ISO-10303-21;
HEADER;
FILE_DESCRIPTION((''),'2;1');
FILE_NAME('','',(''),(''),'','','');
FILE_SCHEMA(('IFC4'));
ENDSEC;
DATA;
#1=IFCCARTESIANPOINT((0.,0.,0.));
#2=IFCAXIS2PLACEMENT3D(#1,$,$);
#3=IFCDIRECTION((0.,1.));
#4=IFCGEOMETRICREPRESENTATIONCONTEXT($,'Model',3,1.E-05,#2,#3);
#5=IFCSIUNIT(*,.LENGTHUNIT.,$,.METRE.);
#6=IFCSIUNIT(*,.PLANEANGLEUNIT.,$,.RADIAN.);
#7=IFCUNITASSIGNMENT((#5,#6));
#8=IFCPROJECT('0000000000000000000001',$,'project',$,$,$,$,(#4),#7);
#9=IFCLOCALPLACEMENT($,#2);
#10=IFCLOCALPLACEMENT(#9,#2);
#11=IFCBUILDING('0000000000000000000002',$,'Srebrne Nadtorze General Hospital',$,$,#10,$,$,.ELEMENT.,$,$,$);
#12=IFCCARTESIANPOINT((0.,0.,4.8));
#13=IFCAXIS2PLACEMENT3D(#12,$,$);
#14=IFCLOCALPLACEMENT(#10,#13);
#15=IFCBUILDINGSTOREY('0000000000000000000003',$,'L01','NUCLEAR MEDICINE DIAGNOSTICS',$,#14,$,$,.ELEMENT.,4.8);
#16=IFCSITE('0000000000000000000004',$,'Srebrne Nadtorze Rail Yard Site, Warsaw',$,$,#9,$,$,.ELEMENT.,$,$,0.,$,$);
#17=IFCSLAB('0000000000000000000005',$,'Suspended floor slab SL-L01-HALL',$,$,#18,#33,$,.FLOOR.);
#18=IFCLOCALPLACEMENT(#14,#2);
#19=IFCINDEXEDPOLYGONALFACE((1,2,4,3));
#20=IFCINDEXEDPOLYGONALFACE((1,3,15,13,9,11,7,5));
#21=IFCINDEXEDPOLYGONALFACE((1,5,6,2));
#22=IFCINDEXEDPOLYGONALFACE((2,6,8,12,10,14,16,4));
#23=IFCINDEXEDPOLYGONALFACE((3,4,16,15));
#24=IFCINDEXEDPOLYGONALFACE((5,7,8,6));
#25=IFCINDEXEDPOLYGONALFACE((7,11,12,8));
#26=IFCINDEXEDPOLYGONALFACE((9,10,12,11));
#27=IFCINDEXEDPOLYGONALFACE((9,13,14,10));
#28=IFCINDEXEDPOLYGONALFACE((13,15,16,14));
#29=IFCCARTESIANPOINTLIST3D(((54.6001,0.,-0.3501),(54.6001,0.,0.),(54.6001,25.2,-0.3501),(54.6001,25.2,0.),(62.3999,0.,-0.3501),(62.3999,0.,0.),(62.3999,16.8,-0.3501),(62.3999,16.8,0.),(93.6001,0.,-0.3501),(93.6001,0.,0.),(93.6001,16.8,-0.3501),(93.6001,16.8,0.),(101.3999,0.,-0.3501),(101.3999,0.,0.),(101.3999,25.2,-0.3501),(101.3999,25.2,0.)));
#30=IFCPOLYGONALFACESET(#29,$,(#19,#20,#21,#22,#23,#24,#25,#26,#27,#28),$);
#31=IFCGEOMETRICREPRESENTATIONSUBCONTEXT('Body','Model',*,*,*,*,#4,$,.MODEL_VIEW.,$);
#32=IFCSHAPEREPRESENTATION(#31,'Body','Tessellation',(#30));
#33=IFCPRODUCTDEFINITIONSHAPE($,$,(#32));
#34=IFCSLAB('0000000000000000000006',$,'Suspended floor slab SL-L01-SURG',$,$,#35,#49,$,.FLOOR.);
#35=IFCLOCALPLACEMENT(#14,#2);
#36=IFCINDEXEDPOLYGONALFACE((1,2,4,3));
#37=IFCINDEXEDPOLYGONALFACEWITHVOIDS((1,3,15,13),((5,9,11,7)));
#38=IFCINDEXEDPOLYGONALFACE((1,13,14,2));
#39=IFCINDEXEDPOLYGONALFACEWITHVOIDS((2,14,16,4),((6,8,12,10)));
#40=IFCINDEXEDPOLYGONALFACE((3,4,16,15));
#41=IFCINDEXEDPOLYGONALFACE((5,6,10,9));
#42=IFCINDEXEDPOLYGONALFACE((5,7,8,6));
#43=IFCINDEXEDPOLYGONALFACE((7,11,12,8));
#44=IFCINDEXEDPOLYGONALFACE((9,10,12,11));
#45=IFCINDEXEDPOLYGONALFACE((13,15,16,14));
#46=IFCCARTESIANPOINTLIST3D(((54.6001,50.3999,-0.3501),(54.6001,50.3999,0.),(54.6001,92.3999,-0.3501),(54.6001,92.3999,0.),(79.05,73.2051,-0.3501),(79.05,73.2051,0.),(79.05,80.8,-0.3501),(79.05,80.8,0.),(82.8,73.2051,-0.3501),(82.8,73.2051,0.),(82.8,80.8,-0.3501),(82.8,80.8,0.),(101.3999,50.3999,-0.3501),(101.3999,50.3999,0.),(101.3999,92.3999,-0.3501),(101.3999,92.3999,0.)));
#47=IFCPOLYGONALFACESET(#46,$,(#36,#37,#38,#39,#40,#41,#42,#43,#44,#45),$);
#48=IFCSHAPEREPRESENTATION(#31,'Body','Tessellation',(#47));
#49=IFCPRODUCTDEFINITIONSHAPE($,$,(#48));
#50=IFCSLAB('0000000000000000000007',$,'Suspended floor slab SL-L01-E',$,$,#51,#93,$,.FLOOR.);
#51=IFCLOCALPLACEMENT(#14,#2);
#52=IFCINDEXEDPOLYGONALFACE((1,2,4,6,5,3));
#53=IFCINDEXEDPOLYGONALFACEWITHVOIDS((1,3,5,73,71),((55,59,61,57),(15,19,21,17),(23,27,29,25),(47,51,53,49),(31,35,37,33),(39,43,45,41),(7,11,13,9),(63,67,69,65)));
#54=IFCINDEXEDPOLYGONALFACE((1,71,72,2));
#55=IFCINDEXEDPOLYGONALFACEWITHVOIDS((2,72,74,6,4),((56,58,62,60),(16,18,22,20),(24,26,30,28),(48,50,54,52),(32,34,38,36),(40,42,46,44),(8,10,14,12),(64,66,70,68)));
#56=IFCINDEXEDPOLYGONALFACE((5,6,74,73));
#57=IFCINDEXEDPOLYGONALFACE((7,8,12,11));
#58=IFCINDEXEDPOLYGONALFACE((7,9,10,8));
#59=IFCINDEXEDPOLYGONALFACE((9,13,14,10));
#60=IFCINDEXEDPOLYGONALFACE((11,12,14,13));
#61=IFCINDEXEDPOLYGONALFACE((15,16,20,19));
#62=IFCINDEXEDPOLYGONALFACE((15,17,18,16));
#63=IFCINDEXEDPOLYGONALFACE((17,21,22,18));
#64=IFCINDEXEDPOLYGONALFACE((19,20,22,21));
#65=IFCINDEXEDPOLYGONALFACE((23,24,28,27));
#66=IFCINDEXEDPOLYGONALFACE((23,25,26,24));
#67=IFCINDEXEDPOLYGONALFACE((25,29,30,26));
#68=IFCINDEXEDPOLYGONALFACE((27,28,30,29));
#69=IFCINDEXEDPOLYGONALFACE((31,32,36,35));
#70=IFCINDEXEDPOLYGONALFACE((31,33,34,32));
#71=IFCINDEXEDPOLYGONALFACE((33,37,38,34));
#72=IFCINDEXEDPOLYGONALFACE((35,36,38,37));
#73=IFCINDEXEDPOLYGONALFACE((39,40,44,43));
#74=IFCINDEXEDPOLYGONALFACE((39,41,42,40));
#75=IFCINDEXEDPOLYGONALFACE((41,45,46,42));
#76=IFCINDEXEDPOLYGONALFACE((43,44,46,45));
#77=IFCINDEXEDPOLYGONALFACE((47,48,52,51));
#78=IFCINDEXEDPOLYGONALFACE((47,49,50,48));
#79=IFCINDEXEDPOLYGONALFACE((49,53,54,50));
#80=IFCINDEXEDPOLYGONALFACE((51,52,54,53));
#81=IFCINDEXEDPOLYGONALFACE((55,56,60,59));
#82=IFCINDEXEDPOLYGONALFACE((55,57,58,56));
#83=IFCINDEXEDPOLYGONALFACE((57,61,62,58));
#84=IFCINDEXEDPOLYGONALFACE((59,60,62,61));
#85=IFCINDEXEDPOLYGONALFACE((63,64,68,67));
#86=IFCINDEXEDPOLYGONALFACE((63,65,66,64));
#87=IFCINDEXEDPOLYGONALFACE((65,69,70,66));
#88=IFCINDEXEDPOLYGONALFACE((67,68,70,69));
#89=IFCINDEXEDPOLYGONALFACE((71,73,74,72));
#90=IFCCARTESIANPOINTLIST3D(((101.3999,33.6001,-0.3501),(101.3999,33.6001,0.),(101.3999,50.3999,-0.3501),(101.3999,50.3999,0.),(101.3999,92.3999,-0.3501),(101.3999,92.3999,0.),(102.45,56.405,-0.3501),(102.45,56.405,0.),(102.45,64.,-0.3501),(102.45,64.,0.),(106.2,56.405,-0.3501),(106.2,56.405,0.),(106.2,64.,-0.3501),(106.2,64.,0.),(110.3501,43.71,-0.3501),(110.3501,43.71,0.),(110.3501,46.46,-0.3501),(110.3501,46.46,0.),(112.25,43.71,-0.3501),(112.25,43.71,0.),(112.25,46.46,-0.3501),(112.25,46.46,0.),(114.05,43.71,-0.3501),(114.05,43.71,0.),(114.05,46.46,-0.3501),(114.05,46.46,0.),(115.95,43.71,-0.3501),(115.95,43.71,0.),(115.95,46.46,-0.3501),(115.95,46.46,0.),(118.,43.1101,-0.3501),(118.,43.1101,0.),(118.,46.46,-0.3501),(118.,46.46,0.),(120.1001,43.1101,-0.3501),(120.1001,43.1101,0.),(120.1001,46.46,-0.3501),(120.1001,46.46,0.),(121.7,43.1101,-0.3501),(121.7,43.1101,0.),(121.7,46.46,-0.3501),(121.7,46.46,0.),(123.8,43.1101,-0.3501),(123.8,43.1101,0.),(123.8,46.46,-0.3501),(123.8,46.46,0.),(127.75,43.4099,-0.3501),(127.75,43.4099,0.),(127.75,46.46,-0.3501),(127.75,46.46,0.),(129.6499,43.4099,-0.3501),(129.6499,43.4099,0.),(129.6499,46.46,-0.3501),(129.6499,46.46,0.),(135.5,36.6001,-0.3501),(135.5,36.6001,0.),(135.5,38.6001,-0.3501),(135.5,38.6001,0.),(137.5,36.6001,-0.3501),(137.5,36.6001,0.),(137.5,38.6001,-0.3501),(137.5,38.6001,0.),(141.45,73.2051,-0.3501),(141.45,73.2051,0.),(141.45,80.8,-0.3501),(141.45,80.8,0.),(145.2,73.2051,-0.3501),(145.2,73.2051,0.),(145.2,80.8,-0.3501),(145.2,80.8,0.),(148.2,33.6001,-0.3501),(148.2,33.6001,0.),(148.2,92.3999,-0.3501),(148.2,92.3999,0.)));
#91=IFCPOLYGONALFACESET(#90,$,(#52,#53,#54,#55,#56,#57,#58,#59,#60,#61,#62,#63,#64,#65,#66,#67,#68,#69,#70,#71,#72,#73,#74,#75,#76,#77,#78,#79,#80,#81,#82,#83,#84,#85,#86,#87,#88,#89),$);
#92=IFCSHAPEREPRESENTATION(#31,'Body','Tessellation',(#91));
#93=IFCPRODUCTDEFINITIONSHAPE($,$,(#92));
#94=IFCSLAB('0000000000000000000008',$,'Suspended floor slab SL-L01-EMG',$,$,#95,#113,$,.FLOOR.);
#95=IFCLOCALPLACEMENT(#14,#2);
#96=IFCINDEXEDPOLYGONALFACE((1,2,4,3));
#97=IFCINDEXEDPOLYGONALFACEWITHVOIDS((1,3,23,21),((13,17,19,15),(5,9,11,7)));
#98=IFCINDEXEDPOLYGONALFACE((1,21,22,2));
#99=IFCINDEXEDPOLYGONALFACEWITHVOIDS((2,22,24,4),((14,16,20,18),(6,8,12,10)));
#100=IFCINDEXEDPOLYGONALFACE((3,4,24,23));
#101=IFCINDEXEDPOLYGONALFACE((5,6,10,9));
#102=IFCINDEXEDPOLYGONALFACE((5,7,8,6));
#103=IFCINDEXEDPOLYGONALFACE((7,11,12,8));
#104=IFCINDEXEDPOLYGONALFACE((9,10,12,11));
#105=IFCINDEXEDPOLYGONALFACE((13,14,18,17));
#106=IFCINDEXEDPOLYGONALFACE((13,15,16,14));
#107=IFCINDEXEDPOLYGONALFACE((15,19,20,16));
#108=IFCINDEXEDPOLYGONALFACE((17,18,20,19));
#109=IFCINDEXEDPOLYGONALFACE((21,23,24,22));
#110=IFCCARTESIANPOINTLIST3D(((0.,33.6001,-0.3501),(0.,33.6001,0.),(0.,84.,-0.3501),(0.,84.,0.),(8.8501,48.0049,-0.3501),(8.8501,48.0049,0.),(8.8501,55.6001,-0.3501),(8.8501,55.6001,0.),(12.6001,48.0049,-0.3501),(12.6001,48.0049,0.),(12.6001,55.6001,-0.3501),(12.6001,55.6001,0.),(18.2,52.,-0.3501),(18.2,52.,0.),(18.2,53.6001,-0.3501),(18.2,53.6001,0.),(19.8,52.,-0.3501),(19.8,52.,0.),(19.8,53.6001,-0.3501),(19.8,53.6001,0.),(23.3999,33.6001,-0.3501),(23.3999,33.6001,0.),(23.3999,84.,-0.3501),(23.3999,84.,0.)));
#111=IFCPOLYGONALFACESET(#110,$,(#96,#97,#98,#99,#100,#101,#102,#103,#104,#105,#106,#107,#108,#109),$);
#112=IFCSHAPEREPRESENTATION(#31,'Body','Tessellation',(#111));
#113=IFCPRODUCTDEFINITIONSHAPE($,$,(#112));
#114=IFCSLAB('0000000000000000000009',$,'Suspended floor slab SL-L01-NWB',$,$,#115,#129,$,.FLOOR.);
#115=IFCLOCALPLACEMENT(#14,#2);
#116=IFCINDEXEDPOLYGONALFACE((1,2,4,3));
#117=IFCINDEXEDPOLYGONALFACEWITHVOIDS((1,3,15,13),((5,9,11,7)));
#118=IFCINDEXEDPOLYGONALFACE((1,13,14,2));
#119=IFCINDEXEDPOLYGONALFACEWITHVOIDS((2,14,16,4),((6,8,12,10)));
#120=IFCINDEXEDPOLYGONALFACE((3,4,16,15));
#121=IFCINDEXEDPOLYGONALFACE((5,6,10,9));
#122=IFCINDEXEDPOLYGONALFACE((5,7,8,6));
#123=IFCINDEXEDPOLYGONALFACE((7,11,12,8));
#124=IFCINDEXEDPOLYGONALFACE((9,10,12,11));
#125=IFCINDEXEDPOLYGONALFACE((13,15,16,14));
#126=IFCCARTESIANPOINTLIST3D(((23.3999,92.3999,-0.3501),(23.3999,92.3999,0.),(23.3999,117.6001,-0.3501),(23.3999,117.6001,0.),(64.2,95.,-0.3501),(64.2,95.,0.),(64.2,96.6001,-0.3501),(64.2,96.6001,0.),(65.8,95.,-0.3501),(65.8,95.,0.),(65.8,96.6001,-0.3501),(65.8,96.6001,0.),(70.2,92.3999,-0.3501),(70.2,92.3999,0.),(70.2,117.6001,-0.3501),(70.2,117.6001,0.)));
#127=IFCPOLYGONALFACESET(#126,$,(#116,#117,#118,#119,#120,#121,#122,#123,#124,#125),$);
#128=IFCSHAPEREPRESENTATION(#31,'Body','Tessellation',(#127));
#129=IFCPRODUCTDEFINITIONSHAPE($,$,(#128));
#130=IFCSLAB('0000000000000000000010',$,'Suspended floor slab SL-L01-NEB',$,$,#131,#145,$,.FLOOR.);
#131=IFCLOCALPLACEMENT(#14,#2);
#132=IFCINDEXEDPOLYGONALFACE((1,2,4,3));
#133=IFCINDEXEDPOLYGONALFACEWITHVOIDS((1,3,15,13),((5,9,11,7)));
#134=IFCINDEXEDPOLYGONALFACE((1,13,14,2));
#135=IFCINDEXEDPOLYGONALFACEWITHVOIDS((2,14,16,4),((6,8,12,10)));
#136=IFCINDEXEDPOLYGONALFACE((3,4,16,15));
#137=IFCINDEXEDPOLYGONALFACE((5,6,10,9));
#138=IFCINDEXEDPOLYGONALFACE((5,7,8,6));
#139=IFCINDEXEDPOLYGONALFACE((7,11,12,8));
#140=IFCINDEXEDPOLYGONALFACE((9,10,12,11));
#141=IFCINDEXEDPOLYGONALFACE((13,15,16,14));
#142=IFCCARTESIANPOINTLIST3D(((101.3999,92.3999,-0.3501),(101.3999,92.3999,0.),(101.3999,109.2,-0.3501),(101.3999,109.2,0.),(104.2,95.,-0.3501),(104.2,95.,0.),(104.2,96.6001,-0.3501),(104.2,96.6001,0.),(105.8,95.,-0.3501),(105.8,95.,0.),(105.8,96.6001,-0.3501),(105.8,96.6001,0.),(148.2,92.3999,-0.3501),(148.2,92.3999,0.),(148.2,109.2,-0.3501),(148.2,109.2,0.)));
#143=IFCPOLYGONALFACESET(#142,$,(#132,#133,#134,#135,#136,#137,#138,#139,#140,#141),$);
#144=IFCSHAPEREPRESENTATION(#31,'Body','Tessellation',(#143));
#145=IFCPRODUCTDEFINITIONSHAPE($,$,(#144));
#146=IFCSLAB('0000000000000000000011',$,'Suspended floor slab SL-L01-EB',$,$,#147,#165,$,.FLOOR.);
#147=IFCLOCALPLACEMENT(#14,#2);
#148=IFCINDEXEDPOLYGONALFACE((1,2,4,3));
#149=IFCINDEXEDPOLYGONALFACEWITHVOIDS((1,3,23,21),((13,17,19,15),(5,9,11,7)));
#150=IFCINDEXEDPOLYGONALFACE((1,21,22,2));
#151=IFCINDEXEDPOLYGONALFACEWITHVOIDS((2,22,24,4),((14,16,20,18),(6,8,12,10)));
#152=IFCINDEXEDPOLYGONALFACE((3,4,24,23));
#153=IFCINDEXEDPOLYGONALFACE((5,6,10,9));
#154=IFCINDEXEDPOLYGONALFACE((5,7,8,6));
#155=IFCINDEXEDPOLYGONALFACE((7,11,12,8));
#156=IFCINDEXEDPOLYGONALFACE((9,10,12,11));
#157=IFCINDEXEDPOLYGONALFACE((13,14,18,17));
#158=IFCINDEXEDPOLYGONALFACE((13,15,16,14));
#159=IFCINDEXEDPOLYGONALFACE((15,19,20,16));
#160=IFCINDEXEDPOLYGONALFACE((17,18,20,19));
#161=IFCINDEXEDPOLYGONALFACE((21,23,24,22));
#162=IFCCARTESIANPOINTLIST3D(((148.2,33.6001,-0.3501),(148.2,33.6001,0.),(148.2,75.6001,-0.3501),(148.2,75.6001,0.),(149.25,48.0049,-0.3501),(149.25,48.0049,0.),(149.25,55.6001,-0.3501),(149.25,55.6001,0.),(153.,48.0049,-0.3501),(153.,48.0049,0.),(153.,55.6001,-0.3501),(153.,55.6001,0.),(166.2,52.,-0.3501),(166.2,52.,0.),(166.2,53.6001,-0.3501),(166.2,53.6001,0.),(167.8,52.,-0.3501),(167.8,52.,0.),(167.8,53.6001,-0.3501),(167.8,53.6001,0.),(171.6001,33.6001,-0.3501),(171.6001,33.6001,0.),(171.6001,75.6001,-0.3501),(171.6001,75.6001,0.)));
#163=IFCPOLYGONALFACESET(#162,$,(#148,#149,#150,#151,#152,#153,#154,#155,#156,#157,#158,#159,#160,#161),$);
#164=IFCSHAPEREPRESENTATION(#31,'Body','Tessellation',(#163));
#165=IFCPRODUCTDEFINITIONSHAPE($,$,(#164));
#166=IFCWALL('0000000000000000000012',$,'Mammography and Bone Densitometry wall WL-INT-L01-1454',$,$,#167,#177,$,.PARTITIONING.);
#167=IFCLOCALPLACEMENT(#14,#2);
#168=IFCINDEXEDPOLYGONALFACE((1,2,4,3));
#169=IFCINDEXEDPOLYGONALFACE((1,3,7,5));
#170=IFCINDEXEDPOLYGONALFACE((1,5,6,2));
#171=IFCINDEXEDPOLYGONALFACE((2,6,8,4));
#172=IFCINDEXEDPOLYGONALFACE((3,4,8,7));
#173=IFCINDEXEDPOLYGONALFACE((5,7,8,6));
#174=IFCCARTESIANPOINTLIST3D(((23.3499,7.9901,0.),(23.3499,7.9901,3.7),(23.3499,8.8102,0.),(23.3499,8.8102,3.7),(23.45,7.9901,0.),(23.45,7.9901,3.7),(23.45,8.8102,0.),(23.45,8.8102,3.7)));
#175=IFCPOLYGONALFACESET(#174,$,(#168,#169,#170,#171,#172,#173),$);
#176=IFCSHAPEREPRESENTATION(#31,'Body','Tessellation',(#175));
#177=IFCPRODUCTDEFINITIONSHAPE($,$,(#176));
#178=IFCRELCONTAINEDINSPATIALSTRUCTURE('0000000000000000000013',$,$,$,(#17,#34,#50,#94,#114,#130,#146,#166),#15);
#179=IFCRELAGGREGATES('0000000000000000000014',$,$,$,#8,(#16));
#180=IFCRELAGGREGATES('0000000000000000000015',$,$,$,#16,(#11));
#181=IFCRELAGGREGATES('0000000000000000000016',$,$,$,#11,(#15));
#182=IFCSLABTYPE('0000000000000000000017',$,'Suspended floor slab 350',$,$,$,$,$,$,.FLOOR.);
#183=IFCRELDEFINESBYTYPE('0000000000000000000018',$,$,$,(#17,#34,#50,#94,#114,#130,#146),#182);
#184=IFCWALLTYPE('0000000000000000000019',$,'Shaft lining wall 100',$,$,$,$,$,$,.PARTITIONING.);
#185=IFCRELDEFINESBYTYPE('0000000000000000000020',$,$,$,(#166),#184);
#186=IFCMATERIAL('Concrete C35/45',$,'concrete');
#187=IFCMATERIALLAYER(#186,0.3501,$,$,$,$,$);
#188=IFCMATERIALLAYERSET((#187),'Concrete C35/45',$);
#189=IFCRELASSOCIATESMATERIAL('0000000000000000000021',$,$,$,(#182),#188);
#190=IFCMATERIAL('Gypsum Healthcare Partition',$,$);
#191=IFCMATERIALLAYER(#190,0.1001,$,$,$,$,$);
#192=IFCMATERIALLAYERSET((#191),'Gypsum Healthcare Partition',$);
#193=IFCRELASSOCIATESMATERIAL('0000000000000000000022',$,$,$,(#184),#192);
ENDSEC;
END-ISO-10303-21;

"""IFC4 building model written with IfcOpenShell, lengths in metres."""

from ifc_helpers import new_model, si_unit, direction, frame, frame_2d, origin, place, context, subcontext, project, spatial, polyline, rectangle, outline, extrude, material, layer, layer_set, type_object, element, save


model = new_model("IFC4")

# Units and contexts
model_context = context("Model", 3, precision=1e-05, world=origin(), true_north=direction((0.0, 1.0)))
body_context = subcontext(model_context, "Body", "Model", "MODEL_VIEW")
ifc_project = project(units=[si_unit("LENGTHUNIT", "METRE"), si_unit("PLANEANGLEUNIT", "RADIAN")], contexts=[model_context])

# Site, building, storey
site_placement = place(None, origin())
site = spatial("IfcSite", under=ifc_project, at=site_placement, Name="Srebrne Nadtorze Rail Yard Site, Warsaw", CompositionType="ELEMENT", RefElevation=0.0)
building_placement = place(site_placement, origin())
building = spatial("IfcBuilding", under=site, at=building_placement, Name="Srebrne Nadtorze General Hospital", CompositionType="ELEMENT")
storey_placement = place(building_placement, frame((0.0, 0.0, 4.8)))
storey = spatial("IfcBuildingStorey", under=building, at=storey_placement, Name="L01", Description="NUCLEAR MEDICINE DIAGNOSTICS", CompositionType="ELEMENT", Elevation=4.8)

# Slabs
ifc_material_1 = material(Name="Concrete C35/45", Category="concrete")
ifc_layer_1 = layer(ifc_material_1, 0.3501)
ifc_layer_set_1 = layer_set([ifc_layer_1], Name="Concrete C35/45")
slab_type_1 = type_object("IfcSlabType", Name="Suspended floor slab 350", PredefinedType="FLOOR", material=ifc_layer_set_1)
slab_1_placement = place(storey_placement, frame((0.0, 0.0, -0.3501)))
element("IfcSlab", 1, at=slab_1_placement, inside=storey, type_object=slab_type_1, Name="Suspended floor slab SL-L01-HALL", PredefinedType="FLOOR", context=body_context, shape_type="SweptSolid", body=[
    extrude(outline(polyline([(101.3999, 25.2), (54.6001, 25.2), (54.6001, 0.0), (62.3999, 0.0), (62.3999, 16.8), (93.6001, 16.8), (93.6001, 0.0), (101.3999, 0.0), (101.3999, 25.2)])), origin(), (0.0, 0.0, 1.0), 0.3501),
])
slab_2_placement = place(storey_placement, frame((0.0, 0.0, -0.3501)))
element("IfcSlab", 2, at=slab_2_placement, inside=storey, type_object=slab_type_1, Name="Suspended floor slab SL-L01-SURG", PredefinedType="FLOOR", context=body_context, shape_type="SweptSolid", body=[
    extrude(outline(polyline([(54.6001, 50.3999), (101.3999, 50.3999), (101.3999, 92.3999), (54.6001, 92.3999), (54.6001, 50.3999)]), holes=[polyline([(79.05, 73.2051), (79.05, 80.8), (82.8, 80.8), (82.8, 73.2051), (79.05, 73.2051)])]), origin(), (0.0, 0.0, 1.0), 0.3501),
])
slab_3_placement = place(storey_placement, frame((0.0, 0.0, -0.3501)))
element("IfcSlab", 3, at=slab_3_placement, inside=storey, type_object=slab_type_1, Name="Suspended floor slab SL-L01-E", PredefinedType="FLOOR", context=body_context, shape_type="SweptSolid", body=[
    extrude(outline(polyline([(101.3999, 50.3999), (101.3999, 33.6001), (148.2, 33.6001), (148.2, 92.3999), (101.3999, 92.3999), (101.3999, 50.3999)]), holes=[polyline([(135.5, 36.6001), (135.5, 38.6001), (137.5, 38.6001), (137.5, 36.6001), (135.5, 36.6001)]), polyline([(118.0, 43.1101), (118.0, 46.46), (120.1001, 46.46), (120.1001, 43.1101), (118.0, 43.1101)]), polyline([(121.7, 43.1101), (121.7, 46.46), (123.8, 46.46), (123.8, 43.1101), (121.7, 43.1101)]), polyline([(127.75, 43.4099), (127.75, 46.46), (129.6499, 46.46), (129.6499, 43.4099), (127.75, 43.4099)]), polyline([(110.3501, 43.71), (110.3501, 46.46), (112.25, 46.46), (112.25, 43.71), (110.3501, 43.71)]), polyline([(115.95, 43.71), (114.05, 43.71), (114.05, 46.46), (115.95, 46.46), (115.95, 43.71)]), polyline([(102.45, 56.405), (102.45, 64.0), (106.2, 64.0), (106.2, 56.405), (102.45, 56.405)]), polyline([(141.45, 73.2051), (141.45, 80.8), (145.2, 80.8), (145.2, 73.2051), (141.45, 73.2051)])]), origin(), (0.0, 0.0, 1.0), 0.3501),
])
slab_4_placement = place(storey_placement, frame((0.0, 0.0, -0.3501)))
element("IfcSlab", 4, at=slab_4_placement, inside=storey, type_object=slab_type_1, Name="Suspended floor slab SL-L01-EMG", PredefinedType="FLOOR", context=body_context, shape_type="SweptSolid", body=[
    extrude(outline(polyline([(23.3999, 33.6001), (23.3999, 84.0), (0.0, 84.0), (0.0, 33.6001), (23.3999, 33.6001)]), holes=[polyline([(8.8501, 48.0049), (8.8501, 55.6001), (12.6001, 55.6001), (12.6001, 48.0049), (8.8501, 48.0049)]), polyline([(18.2, 52.0), (18.2, 53.6001), (19.8, 53.6001), (19.8, 52.0), (18.2, 52.0)])]), origin(), (0.0, 0.0, 1.0), 0.3501),
])
slab_5_placement = place(storey_placement, frame((0.0, 0.0, -0.3501)))
element("IfcSlab", 5, at=slab_5_placement, inside=storey, type_object=slab_type_1, Name="Suspended floor slab SL-L01-NWB", PredefinedType="FLOOR", context=body_context, shape_type="SweptSolid", body=[
    extrude(outline(polyline([(70.2, 92.3999), (70.2, 117.6001), (23.3999, 117.6001), (23.3999, 92.3999), (70.2, 92.3999)]), holes=[polyline([(64.2, 95.0), (64.2, 96.6001), (65.8, 96.6001), (65.8, 95.0), (64.2, 95.0)])]), origin(), (0.0, 0.0, 1.0), 0.3501),
])
slab_6_placement = place(storey_placement, frame((0.0, 0.0, -0.3501)))
element("IfcSlab", 6, at=slab_6_placement, inside=storey, type_object=slab_type_1, Name="Suspended floor slab SL-L01-NEB", PredefinedType="FLOOR", context=body_context, shape_type="SweptSolid", body=[
    extrude(outline(polyline([(148.2, 92.3999), (148.2, 109.2), (101.3999, 109.2), (101.3999, 92.3999), (148.2, 92.3999)]), holes=[polyline([(104.2, 95.0), (104.2, 96.6001), (105.8, 96.6001), (105.8, 95.0), (104.2, 95.0)])]), origin(), (0.0, 0.0, 1.0), 0.3501),
])
slab_7_placement = place(storey_placement, frame((0.0, 0.0, -0.3501)))
element("IfcSlab", 7, at=slab_7_placement, inside=storey, type_object=slab_type_1, Name="Suspended floor slab SL-L01-EB", PredefinedType="FLOOR", context=body_context, shape_type="SweptSolid", body=[
    extrude(outline(polyline([(171.6001, 33.6001), (171.6001, 75.6001), (148.2, 75.6001), (148.2, 33.6001), (171.6001, 33.6001)]), holes=[polyline([(149.25, 48.0049), (149.25, 55.6001), (153.0, 55.6001), (153.0, 48.0049), (149.25, 48.0049)]), polyline([(166.2, 52.0), (166.2, 53.6001), (167.8, 53.6001), (167.8, 52.0), (166.2, 52.0)])]), origin(), (0.0, 0.0, 1.0), 0.3501),
])

# Wall
ifc_material_2 = material(Name="Gypsum Healthcare Partition")
ifc_layer_2 = layer(ifc_material_2, 0.1001)
ifc_layer_set_2 = layer_set([ifc_layer_2], Name="Gypsum Healthcare Partition")
wall_type_1 = type_object("IfcWallType", Name="Shaft lining wall 100", PredefinedType="PARTITIONING", material=ifc_layer_set_2)
wall_1_placement = place(storey_placement, frame((23.3999, 7.99, 0.0), z_axis=(0.0, 0.0, 1.0), x_axis=(0.0, 1.0, 0.0)))
element("IfcWall", 8, at=wall_1_placement, inside=storey, type_object=wall_type_1, Name="Mammography and Bone Densitometry wall WL-INT-L01-1454", PredefinedType="PARTITIONING", context=body_context, shape_type="SweptSolid", body=[
    extrude(rectangle(XDim=0.8201, YDim=0.1001, at=frame_2d((0.4102, 0.0))), origin(), (0.0, 0.0, 1.0), 3.7),
])

save(model, "model.ifc")
